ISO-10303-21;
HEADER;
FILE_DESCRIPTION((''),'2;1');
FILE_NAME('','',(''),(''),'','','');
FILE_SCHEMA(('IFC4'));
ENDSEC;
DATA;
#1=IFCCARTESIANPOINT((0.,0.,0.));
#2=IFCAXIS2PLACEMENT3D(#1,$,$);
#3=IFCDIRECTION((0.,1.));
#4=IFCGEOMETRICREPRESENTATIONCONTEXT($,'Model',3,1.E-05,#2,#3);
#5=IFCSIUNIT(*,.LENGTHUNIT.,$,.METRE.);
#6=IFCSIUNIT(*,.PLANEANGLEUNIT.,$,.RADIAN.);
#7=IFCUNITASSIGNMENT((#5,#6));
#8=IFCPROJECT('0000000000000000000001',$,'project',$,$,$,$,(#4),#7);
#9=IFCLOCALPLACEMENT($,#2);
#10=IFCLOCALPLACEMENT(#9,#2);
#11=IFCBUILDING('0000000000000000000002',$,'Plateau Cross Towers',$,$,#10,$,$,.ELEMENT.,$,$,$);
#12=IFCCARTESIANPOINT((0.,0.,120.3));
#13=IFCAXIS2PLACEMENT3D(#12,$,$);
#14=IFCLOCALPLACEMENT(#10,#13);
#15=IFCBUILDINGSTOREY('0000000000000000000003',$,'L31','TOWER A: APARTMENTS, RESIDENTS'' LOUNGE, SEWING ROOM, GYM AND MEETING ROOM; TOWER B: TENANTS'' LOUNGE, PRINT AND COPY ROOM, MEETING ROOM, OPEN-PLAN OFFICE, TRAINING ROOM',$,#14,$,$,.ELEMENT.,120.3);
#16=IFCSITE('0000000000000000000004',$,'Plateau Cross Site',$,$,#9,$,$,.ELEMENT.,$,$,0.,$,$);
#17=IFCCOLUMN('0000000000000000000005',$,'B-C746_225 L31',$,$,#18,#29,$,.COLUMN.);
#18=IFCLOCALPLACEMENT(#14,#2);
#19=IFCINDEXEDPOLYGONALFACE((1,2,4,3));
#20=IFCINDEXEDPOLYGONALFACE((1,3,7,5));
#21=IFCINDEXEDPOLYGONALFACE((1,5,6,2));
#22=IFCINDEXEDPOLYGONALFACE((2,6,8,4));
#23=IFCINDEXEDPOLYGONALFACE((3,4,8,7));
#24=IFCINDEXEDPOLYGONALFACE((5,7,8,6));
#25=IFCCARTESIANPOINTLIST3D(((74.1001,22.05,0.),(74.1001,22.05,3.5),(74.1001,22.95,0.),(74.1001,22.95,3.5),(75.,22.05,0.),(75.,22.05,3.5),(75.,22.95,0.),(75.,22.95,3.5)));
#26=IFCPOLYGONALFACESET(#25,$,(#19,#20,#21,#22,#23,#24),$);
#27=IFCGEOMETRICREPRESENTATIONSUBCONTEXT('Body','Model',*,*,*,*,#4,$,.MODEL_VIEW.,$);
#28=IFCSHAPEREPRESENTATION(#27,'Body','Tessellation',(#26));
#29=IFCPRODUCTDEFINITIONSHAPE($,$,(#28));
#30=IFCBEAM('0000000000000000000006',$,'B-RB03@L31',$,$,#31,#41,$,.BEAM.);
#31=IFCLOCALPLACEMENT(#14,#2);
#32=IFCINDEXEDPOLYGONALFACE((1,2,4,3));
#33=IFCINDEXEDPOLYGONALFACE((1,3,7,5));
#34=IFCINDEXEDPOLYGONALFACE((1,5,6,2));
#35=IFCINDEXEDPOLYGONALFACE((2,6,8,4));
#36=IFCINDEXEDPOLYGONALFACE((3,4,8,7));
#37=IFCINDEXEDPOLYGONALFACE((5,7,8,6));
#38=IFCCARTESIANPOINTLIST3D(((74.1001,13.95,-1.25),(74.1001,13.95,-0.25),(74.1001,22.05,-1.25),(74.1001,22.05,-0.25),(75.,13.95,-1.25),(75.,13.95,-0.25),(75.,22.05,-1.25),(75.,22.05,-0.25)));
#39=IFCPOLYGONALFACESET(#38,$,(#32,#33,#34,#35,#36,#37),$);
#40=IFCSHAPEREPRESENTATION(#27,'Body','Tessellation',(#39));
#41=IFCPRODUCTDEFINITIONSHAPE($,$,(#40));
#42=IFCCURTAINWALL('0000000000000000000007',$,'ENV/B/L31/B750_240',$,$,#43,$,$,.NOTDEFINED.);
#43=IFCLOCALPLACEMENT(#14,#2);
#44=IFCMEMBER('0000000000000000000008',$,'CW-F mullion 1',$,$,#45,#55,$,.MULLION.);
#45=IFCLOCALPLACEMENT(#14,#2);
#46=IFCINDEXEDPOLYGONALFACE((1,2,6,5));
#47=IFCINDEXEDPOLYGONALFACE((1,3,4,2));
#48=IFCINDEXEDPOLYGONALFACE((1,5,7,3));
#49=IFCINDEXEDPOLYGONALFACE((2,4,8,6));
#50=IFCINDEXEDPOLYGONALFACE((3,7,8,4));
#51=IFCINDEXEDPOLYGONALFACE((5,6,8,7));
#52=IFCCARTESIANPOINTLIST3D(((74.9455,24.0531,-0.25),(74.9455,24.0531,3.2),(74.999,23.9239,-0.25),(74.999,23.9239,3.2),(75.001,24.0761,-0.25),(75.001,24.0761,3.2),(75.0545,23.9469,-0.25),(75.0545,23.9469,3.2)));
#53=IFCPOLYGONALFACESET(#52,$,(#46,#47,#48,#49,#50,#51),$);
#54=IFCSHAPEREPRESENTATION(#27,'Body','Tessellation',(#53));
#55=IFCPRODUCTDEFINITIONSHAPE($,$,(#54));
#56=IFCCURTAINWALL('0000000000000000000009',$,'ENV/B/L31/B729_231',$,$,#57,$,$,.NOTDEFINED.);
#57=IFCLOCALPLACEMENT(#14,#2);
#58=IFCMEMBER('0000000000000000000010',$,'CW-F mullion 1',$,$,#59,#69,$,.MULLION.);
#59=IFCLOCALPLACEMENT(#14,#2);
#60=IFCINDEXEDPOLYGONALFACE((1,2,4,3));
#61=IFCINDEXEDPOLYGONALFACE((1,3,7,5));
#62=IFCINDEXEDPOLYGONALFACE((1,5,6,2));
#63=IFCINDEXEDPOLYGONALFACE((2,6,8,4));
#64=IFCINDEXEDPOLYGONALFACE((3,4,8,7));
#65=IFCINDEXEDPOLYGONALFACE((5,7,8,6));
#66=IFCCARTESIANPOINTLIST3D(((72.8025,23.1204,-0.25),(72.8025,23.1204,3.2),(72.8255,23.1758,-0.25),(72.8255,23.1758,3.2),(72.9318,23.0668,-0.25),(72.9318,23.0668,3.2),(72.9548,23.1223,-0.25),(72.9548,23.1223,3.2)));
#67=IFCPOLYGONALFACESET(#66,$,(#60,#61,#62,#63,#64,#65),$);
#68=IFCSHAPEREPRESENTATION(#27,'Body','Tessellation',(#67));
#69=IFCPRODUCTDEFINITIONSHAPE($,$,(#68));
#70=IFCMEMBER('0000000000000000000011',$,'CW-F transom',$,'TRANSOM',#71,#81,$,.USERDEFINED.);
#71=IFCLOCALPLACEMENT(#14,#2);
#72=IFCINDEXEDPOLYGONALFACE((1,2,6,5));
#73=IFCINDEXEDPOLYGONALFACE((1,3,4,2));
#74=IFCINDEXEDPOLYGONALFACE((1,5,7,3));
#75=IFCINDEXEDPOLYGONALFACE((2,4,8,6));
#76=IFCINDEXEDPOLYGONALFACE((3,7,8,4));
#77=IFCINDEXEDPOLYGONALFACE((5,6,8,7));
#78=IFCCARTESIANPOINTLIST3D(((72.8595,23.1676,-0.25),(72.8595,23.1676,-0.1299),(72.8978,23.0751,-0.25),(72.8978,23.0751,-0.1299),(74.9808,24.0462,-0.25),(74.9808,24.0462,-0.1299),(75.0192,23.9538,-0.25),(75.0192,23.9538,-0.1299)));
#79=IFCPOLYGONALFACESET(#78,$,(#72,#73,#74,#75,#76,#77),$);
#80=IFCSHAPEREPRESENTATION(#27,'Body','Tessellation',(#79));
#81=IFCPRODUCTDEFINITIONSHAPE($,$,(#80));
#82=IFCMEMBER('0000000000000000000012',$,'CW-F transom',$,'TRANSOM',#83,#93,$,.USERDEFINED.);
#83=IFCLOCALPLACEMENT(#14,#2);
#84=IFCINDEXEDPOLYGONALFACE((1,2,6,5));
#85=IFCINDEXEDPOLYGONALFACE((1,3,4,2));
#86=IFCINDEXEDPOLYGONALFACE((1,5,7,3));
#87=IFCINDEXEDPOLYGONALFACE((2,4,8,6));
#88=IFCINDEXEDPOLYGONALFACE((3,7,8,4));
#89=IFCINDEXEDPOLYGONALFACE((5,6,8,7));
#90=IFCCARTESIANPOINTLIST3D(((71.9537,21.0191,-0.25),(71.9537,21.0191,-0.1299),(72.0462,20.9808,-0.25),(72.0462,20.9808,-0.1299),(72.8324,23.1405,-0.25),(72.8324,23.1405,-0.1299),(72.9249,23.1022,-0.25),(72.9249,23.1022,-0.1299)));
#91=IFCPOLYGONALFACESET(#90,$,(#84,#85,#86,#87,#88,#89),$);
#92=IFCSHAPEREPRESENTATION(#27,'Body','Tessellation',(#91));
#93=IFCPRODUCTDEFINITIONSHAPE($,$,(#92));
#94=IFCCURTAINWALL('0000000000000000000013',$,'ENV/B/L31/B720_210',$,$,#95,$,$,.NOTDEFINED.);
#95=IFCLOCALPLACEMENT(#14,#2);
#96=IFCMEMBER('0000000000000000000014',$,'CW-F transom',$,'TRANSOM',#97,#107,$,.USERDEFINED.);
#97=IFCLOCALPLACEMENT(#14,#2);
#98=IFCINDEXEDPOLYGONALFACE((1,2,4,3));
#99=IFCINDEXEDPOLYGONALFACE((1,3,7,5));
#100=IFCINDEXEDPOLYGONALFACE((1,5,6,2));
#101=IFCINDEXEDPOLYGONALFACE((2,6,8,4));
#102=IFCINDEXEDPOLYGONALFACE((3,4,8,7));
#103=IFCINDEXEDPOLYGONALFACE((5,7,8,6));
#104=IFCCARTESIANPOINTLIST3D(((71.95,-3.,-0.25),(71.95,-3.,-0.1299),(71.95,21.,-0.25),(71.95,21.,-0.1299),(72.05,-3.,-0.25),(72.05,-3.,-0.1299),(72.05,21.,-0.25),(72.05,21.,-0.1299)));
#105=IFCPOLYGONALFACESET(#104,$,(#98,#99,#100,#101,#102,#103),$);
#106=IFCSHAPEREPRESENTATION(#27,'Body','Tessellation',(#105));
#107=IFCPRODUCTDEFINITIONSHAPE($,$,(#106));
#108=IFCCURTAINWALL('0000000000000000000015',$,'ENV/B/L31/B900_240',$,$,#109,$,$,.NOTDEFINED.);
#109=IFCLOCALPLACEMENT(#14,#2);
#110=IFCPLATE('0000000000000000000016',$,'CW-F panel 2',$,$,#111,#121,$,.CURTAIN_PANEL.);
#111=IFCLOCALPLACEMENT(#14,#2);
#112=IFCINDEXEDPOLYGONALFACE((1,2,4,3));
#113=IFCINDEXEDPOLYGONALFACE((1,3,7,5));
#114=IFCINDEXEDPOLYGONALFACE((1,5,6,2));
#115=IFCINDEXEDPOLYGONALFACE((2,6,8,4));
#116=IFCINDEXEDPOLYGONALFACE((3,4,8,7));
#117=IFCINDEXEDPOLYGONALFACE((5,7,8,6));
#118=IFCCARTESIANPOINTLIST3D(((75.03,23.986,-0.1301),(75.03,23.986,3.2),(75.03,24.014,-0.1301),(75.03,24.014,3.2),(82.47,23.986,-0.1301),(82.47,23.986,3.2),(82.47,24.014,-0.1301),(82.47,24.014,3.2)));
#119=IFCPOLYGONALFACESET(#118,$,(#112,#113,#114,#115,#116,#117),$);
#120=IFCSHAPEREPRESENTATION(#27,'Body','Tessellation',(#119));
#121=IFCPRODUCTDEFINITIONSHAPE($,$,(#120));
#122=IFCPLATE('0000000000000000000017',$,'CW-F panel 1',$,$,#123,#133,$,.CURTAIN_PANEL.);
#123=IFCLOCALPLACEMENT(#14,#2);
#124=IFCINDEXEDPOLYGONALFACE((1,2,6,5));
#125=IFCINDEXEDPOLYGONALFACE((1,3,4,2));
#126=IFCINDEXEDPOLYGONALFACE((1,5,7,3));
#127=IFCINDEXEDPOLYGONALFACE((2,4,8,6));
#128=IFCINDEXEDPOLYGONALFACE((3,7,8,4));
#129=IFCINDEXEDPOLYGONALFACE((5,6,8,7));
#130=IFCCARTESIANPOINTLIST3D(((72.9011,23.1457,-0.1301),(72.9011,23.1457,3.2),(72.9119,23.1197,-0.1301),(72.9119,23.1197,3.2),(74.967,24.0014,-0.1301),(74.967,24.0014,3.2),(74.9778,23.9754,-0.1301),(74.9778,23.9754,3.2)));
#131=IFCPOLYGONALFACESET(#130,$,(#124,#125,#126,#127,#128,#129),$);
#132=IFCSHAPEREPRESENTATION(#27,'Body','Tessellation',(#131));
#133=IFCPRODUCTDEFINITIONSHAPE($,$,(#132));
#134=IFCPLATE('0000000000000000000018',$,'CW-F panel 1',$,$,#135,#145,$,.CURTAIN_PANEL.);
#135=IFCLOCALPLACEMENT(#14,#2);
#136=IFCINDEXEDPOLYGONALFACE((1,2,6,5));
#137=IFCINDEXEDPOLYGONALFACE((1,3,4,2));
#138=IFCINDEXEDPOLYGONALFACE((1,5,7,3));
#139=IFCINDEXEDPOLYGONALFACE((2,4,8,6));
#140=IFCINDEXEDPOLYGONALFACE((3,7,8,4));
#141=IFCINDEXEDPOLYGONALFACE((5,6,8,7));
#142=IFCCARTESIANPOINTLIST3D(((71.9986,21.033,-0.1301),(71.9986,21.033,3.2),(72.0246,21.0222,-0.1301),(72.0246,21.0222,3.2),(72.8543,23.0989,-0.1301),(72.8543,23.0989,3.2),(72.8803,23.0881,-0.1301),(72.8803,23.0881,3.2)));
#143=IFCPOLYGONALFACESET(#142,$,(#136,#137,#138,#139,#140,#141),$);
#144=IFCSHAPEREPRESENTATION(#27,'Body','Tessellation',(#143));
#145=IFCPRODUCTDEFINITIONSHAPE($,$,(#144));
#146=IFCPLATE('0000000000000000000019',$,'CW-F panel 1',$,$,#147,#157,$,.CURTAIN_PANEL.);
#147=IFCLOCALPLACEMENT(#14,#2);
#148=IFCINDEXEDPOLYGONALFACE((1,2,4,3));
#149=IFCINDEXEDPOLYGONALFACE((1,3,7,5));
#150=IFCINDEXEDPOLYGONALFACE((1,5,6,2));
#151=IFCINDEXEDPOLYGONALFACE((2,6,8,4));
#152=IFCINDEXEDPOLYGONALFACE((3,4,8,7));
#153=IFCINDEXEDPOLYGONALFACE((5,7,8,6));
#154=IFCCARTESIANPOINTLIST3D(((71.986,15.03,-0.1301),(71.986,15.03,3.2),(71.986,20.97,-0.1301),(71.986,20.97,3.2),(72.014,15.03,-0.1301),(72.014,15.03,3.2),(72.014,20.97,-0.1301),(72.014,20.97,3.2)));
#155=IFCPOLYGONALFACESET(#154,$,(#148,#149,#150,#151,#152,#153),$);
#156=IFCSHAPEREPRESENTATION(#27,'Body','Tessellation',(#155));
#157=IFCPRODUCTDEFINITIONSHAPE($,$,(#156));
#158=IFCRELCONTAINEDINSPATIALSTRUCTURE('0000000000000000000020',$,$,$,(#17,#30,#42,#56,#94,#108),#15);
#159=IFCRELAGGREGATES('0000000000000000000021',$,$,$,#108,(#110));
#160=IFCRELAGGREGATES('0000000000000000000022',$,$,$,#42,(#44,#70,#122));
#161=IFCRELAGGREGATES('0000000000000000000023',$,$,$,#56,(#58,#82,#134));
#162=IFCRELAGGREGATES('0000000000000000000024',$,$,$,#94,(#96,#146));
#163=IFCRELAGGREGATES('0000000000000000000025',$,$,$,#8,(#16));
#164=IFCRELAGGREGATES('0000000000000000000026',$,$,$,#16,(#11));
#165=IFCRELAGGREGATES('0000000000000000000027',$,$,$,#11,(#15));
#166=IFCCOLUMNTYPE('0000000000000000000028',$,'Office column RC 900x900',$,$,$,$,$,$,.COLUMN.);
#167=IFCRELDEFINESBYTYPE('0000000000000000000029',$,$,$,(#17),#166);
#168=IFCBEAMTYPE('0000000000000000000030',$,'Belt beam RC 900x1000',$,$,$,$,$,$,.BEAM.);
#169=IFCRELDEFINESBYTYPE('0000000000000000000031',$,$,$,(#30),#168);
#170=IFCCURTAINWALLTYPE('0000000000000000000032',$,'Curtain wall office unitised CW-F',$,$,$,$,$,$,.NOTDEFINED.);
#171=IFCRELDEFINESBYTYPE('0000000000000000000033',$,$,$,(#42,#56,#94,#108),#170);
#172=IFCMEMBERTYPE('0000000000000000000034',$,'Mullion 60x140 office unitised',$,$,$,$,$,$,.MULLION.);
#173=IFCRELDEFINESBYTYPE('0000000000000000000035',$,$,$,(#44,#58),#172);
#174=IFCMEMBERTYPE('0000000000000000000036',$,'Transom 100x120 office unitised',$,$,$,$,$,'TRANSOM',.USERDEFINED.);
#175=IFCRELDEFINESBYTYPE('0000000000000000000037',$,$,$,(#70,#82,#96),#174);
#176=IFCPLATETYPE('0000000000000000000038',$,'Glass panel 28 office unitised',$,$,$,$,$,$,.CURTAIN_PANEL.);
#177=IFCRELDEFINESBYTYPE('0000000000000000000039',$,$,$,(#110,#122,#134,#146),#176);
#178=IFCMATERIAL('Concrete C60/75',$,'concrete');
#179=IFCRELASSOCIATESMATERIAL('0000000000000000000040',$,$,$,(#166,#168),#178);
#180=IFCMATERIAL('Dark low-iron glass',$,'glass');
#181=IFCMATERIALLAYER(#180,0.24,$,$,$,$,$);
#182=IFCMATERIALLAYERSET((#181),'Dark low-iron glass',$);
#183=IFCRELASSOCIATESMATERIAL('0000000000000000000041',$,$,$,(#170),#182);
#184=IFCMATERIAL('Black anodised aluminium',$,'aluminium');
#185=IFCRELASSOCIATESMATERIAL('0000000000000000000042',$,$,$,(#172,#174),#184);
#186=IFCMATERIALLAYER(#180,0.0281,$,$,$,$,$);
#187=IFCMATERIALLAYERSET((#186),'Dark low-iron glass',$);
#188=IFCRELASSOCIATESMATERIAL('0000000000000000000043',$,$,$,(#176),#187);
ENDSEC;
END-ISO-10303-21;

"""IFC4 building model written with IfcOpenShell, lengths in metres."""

from ifc_helpers import new_model, si_unit, direction, frame, origin, origin_2d, place, context, subcontext, project, spatial, rectangle, extrude, material, layer, layer_set, material_profile, profile_set, type_object, element, aggregate, save


model = new_model("IFC4")

# Units and contexts
model_context = context("Model", 3, precision=1e-05, world=origin(), true_north=direction((0.0, 1.0)))
body_context = subcontext(model_context, "Body", "Model", "MODEL_VIEW")
ifc_project = project(units=[si_unit("LENGTHUNIT", "METRE"), si_unit("PLANEANGLEUNIT", "RADIAN")], contexts=[model_context])

# Site, building, storey
site_placement = place(None, origin())
site = spatial("IfcSite", under=ifc_project, at=site_placement, Name="Plateau Cross Site", CompositionType="ELEMENT", RefElevation=0.0)
building_placement = place(site_placement, origin())
building = spatial("IfcBuilding", under=site, at=building_placement, Name="Plateau Cross Towers", CompositionType="ELEMENT")
storey_placement = place(building_placement, frame((0.0, 0.0, 120.3)))
storey = spatial("IfcBuildingStorey", under=building, at=storey_placement, Name="L31", Description="TOWER A: APARTMENTS, RESIDENTS' LOUNGE, SEWING ROOM, GYM AND MEETING ROOM; TOWER B: TENANTS' LOUNGE, PRINT AND COPY ROOM, MEETING ROOM, OPEN-PLAN OFFICE, TRAINING ROOM", CompositionType="ELEMENT", Elevation=120.3)

# Column
ifc_material_1 = material(Name="Concrete C60/75", Category="concrete")
ifc_material_profile_1 = material_profile(ifc_material_1, rectangle(XDim=0.8999, YDim=0.8999, at=origin_2d()), Name="RC 900x900")
ifc_profile_set_1 = profile_set([ifc_material_profile_1], Name="Concrete C60/75")
column_type = type_object("IfcColumnType", Name="Office column RC 900x900", PredefinedType="COLUMN", material=ifc_profile_set_1)
column_placement = place(storey_placement, frame((74.55, 22.5, 0.0), z_axis=(0.0, 0.0, 1.0), x_axis=(1.0, 0.0, 0.0)))
element("IfcColumn", 1, at=column_placement, inside=storey, type_object=column_type, Name="B-C746_225 L31", PredefinedType="COLUMN", context=body_context, shape_type="SweptSolid", body=[
    extrude(rectangle(XDim=0.8999, YDim=0.8999, at=origin_2d()), origin(), (0.0, 0.0, 1.0), 3.5),
])

# Beam
ifc_material_profile_2 = material_profile(ifc_material_1, rectangle(XDim=0.8999, YDim=1.0, at=origin_2d()), Name="RC 900x1000")
ifc_profile_set_2 = profile_set([ifc_material_profile_2], Name="Concrete C60/75")
beam_type = type_object("IfcBeamType", Name="Belt beam RC 900x1000", PredefinedType="BEAM", material=ifc_profile_set_2)
beam_placement = place(storey_placement, frame((74.55, 22.05, -0.75), z_axis=(0.0, -1.0, 0.0), x_axis=(1.0, 0.0, 0.0)))
element("IfcBeam", 2, at=beam_placement, inside=storey, type_object=beam_type, Name="B-RB03@L31", PredefinedType="BEAM", context=body_context, shape_type="SweptSolid", body=[
    extrude(rectangle(XDim=0.8999, YDim=1.0, at=origin_2d()), origin(), (0.0, 0.0, 1.0), 8.1001),
])

# Curtain walls, members
ifc_material_2 = material(Name="Dark low-iron glass", Category="glass")
ifc_layer_1 = layer(ifc_material_2, 0.24)
ifc_layer_set_1 = layer_set([ifc_layer_1], Name="Dark low-iron glass")
curtain_wall_type = type_object("IfcCurtainWallType", Name="Curtain wall office unitised CW-F", PredefinedType="NOTDEFINED", material=ifc_layer_set_1)
curtain_wall_1_placement = place(storey_placement, origin())
curtain_wall_1 = element("IfcCurtainWall", 3, at=curtain_wall_1_placement, inside=storey, type_object=curtain_wall_type, Name="ENV/B/L31/B750_240", PredefinedType="NOTDEFINED")
ifc_material_3 = material(Name="Black anodised aluminium", Category="aluminium")
ifc_material_profile_3 = material_profile(ifc_material_3, rectangle(XDim=0.0601, YDim=0.1399, at=origin_2d()), Name="MULLION 60x140")
ifc_profile_set_3 = profile_set([ifc_material_profile_3], Name="Black anodised aluminium")
member_type_1 = type_object("IfcMemberType", Name="Mullion 60x140 office unitised", PredefinedType="MULLION", material=ifc_profile_set_3)
member_1_placement = place(storey_placement, frame((75.0, 24.0, -0.25), z_axis=(0.0, 0.0, 1.0), x_axis=(-0.923879, -0.382684, 0.0)))
member_1 = element("IfcMember", 4, at=member_1_placement, type_object=member_type_1, Name="CW-F mullion 1", PredefinedType="MULLION", context=body_context, shape_type="SweptSolid", body=[
    extrude(rectangle(XDim=0.0601, YDim=0.1399, at=origin_2d()), origin(), (0.0, 0.0, 1.0), 3.45),
])
curtain_wall_2_placement = place(storey_placement, origin())
curtain_wall_2 = element("IfcCurtainWall", 5, at=curtain_wall_2_placement, inside=storey, type_object=curtain_wall_type, Name="ENV/B/L31/B729_231", PredefinedType="NOTDEFINED")
member_2_placement = place(storey_placement, frame((72.8787, 23.1213, -0.25), z_axis=(0.0, 0.0, 1.0), x_axis=(-0.382684, -0.923879, 0.0)))
member_2 = element("IfcMember", 6, at=member_2_placement, type_object=member_type_1, Name="CW-F mullion 1", PredefinedType="MULLION", context=body_context, shape_type="SweptSolid", body=[
    extrude(rectangle(XDim=0.0601, YDim=0.1399, at=origin_2d()), origin(), (0.0, 0.0, 1.0), 3.45),
])

# Members
ifc_material_profile_4 = material_profile(ifc_material_3, rectangle(XDim=0.1001, YDim=0.1201, at=origin_2d()), Name="TRANSOM 100x120")
ifc_profile_set_4 = profile_set([ifc_material_profile_4], Name="Black anodised aluminium")
member_type_2 = type_object("IfcMemberType", Name="Transom 100x120 office unitised", ElementType="TRANSOM", PredefinedType="USERDEFINED", material=ifc_profile_set_4)
member_3_placement = place(storey_placement, frame((75.0, 24.0, -0.1899), z_axis=(-0.923883, -0.382674, 0.0), x_axis=(0.382674, -0.923883, 0.0)))
member_3 = element("IfcMember", 7, at=member_3_placement, type_object=member_type_2, Name="CW-F transom", ObjectType="TRANSOM", PredefinedType="USERDEFINED", context=body_context, shape_type="SweptSolid", body=[
    extrude(rectangle(XDim=0.1001, YDim=0.1201, at=origin_2d()), origin(), (0.0, 0.0, 1.0), 2.2961),
])
member_4_placement = place(storey_placement, frame((72.8787, 23.1213, -0.1899), z_axis=(-0.382674, -0.923883, 0.0), x_axis=(0.923883, -0.382674, 0.0)))
member_4 = element("IfcMember", 8, at=member_4_placement, type_object=member_type_2, Name="CW-F transom", ObjectType="TRANSOM", PredefinedType="USERDEFINED", context=body_context, shape_type="SweptSolid", body=[
    extrude(rectangle(XDim=0.1001, YDim=0.1201, at=origin_2d()), origin(), (0.0, 0.0, 1.0), 2.2961),
])

# Curtain wall, member
curtain_wall_3_placement = place(storey_placement, origin())
curtain_wall_3 = element("IfcCurtainWall", 9, at=curtain_wall_3_placement, inside=storey, type_object=curtain_wall_type, Name="ENV/B/L31/B720_210", PredefinedType="NOTDEFINED")
member_5_placement = place(storey_placement, frame((72.0, 21.0, -0.1899), z_axis=(0.0, -1.0, 0.0), x_axis=(1.0, 0.0, 0.0)))
member_5 = element("IfcMember", 10, at=member_5_placement, type_object=member_type_2, Name="CW-F transom", ObjectType="TRANSOM", PredefinedType="USERDEFINED", context=body_context, shape_type="SweptSolid", body=[
    extrude(rectangle(XDim=0.1001, YDim=0.1201, at=origin_2d()), origin(), (0.0, 0.0, 1.0), 24.0),
])

# Curtain wall, plate
curtain_wall_4_placement = place(storey_placement, origin())
curtain_wall_4 = element("IfcCurtainWall", 11, at=curtain_wall_4_placement, inside=storey, type_object=curtain_wall_type, Name="ENV/B/L31/B900_240", PredefinedType="NOTDEFINED")
ifc_layer_2 = layer(ifc_material_2, 0.0281)
ifc_layer_set_2 = layer_set([ifc_layer_2], Name="Dark low-iron glass")
plate_type = type_object("IfcPlateType", Name="Glass panel 28 office unitised", PredefinedType="CURTAIN_PANEL", material=ifc_layer_set_2)
plate_1_placement = place(storey_placement, frame((78.75, 24.0, -0.1301), z_axis=(0.0, 0.0, 1.0), x_axis=(-1.0, 0.0, 0.0)))
plate_1 = element("IfcPlate", 12, at=plate_1_placement, type_object=plate_type, Name="CW-F panel 2", PredefinedType="CURTAIN_PANEL", context=body_context, shape_type="SweptSolid", body=[
    extrude(rectangle(XDim=7.4399, YDim=0.0281, at=origin_2d()), origin(), (0.0, 0.0, 1.0), 3.3301),
])
aggregate(curtain_wall_4, [plate_1])

# Plates
plate_2_placement = place(storey_placement, frame((73.9395, 23.5605, -0.1301), z_axis=(0.0, 0.0, 1.0), x_axis=(-0.923879, -0.382684, 0.0)))
plate_2 = element("IfcPlate", 13, at=plate_2_placement, type_object=plate_type, Name="CW-F panel 1", PredefinedType="CURTAIN_PANEL", context=body_context, shape_type="SweptSolid", body=[
    extrude(rectangle(XDim=2.2361, YDim=0.0281, at=origin_2d()), origin(), (0.0, 0.0, 1.0), 3.3301),
])
aggregate(curtain_wall_1, [member_1, member_3, plate_2])
plate_3_placement = place(storey_placement, frame((72.4395, 22.0605, -0.1301), z_axis=(0.0, 0.0, 1.0), x_axis=(-0.382684, -0.923879, 0.0)))
plate_3 = element("IfcPlate", 14, at=plate_3_placement, type_object=plate_type, Name="CW-F panel 1", PredefinedType="CURTAIN_PANEL", context=body_context, shape_type="SweptSolid", body=[
    extrude(rectangle(XDim=2.2361, YDim=0.0281, at=origin_2d()), origin(), (0.0, 0.0, 1.0), 3.3301),
])
aggregate(curtain_wall_2, [member_2, member_4, plate_3])
plate_4_placement = place(storey_placement, frame((72.0, 18.0, -0.1301), z_axis=(0.0, 0.0, 1.0), x_axis=(0.0, -1.0, 0.0)))
plate_4 = element("IfcPlate", 15, at=plate_4_placement, type_object=plate_type, Name="CW-F panel 1", PredefinedType="CURTAIN_PANEL", context=body_context, shape_type="SweptSolid", body=[
    extrude(rectangle(XDim=5.9399, YDim=0.0281, at=origin_2d()), origin(), (0.0, 0.0, 1.0), 3.3301),
])
aggregate(curtain_wall_3, [member_5, plate_4])

save(model, "model.ifc")
